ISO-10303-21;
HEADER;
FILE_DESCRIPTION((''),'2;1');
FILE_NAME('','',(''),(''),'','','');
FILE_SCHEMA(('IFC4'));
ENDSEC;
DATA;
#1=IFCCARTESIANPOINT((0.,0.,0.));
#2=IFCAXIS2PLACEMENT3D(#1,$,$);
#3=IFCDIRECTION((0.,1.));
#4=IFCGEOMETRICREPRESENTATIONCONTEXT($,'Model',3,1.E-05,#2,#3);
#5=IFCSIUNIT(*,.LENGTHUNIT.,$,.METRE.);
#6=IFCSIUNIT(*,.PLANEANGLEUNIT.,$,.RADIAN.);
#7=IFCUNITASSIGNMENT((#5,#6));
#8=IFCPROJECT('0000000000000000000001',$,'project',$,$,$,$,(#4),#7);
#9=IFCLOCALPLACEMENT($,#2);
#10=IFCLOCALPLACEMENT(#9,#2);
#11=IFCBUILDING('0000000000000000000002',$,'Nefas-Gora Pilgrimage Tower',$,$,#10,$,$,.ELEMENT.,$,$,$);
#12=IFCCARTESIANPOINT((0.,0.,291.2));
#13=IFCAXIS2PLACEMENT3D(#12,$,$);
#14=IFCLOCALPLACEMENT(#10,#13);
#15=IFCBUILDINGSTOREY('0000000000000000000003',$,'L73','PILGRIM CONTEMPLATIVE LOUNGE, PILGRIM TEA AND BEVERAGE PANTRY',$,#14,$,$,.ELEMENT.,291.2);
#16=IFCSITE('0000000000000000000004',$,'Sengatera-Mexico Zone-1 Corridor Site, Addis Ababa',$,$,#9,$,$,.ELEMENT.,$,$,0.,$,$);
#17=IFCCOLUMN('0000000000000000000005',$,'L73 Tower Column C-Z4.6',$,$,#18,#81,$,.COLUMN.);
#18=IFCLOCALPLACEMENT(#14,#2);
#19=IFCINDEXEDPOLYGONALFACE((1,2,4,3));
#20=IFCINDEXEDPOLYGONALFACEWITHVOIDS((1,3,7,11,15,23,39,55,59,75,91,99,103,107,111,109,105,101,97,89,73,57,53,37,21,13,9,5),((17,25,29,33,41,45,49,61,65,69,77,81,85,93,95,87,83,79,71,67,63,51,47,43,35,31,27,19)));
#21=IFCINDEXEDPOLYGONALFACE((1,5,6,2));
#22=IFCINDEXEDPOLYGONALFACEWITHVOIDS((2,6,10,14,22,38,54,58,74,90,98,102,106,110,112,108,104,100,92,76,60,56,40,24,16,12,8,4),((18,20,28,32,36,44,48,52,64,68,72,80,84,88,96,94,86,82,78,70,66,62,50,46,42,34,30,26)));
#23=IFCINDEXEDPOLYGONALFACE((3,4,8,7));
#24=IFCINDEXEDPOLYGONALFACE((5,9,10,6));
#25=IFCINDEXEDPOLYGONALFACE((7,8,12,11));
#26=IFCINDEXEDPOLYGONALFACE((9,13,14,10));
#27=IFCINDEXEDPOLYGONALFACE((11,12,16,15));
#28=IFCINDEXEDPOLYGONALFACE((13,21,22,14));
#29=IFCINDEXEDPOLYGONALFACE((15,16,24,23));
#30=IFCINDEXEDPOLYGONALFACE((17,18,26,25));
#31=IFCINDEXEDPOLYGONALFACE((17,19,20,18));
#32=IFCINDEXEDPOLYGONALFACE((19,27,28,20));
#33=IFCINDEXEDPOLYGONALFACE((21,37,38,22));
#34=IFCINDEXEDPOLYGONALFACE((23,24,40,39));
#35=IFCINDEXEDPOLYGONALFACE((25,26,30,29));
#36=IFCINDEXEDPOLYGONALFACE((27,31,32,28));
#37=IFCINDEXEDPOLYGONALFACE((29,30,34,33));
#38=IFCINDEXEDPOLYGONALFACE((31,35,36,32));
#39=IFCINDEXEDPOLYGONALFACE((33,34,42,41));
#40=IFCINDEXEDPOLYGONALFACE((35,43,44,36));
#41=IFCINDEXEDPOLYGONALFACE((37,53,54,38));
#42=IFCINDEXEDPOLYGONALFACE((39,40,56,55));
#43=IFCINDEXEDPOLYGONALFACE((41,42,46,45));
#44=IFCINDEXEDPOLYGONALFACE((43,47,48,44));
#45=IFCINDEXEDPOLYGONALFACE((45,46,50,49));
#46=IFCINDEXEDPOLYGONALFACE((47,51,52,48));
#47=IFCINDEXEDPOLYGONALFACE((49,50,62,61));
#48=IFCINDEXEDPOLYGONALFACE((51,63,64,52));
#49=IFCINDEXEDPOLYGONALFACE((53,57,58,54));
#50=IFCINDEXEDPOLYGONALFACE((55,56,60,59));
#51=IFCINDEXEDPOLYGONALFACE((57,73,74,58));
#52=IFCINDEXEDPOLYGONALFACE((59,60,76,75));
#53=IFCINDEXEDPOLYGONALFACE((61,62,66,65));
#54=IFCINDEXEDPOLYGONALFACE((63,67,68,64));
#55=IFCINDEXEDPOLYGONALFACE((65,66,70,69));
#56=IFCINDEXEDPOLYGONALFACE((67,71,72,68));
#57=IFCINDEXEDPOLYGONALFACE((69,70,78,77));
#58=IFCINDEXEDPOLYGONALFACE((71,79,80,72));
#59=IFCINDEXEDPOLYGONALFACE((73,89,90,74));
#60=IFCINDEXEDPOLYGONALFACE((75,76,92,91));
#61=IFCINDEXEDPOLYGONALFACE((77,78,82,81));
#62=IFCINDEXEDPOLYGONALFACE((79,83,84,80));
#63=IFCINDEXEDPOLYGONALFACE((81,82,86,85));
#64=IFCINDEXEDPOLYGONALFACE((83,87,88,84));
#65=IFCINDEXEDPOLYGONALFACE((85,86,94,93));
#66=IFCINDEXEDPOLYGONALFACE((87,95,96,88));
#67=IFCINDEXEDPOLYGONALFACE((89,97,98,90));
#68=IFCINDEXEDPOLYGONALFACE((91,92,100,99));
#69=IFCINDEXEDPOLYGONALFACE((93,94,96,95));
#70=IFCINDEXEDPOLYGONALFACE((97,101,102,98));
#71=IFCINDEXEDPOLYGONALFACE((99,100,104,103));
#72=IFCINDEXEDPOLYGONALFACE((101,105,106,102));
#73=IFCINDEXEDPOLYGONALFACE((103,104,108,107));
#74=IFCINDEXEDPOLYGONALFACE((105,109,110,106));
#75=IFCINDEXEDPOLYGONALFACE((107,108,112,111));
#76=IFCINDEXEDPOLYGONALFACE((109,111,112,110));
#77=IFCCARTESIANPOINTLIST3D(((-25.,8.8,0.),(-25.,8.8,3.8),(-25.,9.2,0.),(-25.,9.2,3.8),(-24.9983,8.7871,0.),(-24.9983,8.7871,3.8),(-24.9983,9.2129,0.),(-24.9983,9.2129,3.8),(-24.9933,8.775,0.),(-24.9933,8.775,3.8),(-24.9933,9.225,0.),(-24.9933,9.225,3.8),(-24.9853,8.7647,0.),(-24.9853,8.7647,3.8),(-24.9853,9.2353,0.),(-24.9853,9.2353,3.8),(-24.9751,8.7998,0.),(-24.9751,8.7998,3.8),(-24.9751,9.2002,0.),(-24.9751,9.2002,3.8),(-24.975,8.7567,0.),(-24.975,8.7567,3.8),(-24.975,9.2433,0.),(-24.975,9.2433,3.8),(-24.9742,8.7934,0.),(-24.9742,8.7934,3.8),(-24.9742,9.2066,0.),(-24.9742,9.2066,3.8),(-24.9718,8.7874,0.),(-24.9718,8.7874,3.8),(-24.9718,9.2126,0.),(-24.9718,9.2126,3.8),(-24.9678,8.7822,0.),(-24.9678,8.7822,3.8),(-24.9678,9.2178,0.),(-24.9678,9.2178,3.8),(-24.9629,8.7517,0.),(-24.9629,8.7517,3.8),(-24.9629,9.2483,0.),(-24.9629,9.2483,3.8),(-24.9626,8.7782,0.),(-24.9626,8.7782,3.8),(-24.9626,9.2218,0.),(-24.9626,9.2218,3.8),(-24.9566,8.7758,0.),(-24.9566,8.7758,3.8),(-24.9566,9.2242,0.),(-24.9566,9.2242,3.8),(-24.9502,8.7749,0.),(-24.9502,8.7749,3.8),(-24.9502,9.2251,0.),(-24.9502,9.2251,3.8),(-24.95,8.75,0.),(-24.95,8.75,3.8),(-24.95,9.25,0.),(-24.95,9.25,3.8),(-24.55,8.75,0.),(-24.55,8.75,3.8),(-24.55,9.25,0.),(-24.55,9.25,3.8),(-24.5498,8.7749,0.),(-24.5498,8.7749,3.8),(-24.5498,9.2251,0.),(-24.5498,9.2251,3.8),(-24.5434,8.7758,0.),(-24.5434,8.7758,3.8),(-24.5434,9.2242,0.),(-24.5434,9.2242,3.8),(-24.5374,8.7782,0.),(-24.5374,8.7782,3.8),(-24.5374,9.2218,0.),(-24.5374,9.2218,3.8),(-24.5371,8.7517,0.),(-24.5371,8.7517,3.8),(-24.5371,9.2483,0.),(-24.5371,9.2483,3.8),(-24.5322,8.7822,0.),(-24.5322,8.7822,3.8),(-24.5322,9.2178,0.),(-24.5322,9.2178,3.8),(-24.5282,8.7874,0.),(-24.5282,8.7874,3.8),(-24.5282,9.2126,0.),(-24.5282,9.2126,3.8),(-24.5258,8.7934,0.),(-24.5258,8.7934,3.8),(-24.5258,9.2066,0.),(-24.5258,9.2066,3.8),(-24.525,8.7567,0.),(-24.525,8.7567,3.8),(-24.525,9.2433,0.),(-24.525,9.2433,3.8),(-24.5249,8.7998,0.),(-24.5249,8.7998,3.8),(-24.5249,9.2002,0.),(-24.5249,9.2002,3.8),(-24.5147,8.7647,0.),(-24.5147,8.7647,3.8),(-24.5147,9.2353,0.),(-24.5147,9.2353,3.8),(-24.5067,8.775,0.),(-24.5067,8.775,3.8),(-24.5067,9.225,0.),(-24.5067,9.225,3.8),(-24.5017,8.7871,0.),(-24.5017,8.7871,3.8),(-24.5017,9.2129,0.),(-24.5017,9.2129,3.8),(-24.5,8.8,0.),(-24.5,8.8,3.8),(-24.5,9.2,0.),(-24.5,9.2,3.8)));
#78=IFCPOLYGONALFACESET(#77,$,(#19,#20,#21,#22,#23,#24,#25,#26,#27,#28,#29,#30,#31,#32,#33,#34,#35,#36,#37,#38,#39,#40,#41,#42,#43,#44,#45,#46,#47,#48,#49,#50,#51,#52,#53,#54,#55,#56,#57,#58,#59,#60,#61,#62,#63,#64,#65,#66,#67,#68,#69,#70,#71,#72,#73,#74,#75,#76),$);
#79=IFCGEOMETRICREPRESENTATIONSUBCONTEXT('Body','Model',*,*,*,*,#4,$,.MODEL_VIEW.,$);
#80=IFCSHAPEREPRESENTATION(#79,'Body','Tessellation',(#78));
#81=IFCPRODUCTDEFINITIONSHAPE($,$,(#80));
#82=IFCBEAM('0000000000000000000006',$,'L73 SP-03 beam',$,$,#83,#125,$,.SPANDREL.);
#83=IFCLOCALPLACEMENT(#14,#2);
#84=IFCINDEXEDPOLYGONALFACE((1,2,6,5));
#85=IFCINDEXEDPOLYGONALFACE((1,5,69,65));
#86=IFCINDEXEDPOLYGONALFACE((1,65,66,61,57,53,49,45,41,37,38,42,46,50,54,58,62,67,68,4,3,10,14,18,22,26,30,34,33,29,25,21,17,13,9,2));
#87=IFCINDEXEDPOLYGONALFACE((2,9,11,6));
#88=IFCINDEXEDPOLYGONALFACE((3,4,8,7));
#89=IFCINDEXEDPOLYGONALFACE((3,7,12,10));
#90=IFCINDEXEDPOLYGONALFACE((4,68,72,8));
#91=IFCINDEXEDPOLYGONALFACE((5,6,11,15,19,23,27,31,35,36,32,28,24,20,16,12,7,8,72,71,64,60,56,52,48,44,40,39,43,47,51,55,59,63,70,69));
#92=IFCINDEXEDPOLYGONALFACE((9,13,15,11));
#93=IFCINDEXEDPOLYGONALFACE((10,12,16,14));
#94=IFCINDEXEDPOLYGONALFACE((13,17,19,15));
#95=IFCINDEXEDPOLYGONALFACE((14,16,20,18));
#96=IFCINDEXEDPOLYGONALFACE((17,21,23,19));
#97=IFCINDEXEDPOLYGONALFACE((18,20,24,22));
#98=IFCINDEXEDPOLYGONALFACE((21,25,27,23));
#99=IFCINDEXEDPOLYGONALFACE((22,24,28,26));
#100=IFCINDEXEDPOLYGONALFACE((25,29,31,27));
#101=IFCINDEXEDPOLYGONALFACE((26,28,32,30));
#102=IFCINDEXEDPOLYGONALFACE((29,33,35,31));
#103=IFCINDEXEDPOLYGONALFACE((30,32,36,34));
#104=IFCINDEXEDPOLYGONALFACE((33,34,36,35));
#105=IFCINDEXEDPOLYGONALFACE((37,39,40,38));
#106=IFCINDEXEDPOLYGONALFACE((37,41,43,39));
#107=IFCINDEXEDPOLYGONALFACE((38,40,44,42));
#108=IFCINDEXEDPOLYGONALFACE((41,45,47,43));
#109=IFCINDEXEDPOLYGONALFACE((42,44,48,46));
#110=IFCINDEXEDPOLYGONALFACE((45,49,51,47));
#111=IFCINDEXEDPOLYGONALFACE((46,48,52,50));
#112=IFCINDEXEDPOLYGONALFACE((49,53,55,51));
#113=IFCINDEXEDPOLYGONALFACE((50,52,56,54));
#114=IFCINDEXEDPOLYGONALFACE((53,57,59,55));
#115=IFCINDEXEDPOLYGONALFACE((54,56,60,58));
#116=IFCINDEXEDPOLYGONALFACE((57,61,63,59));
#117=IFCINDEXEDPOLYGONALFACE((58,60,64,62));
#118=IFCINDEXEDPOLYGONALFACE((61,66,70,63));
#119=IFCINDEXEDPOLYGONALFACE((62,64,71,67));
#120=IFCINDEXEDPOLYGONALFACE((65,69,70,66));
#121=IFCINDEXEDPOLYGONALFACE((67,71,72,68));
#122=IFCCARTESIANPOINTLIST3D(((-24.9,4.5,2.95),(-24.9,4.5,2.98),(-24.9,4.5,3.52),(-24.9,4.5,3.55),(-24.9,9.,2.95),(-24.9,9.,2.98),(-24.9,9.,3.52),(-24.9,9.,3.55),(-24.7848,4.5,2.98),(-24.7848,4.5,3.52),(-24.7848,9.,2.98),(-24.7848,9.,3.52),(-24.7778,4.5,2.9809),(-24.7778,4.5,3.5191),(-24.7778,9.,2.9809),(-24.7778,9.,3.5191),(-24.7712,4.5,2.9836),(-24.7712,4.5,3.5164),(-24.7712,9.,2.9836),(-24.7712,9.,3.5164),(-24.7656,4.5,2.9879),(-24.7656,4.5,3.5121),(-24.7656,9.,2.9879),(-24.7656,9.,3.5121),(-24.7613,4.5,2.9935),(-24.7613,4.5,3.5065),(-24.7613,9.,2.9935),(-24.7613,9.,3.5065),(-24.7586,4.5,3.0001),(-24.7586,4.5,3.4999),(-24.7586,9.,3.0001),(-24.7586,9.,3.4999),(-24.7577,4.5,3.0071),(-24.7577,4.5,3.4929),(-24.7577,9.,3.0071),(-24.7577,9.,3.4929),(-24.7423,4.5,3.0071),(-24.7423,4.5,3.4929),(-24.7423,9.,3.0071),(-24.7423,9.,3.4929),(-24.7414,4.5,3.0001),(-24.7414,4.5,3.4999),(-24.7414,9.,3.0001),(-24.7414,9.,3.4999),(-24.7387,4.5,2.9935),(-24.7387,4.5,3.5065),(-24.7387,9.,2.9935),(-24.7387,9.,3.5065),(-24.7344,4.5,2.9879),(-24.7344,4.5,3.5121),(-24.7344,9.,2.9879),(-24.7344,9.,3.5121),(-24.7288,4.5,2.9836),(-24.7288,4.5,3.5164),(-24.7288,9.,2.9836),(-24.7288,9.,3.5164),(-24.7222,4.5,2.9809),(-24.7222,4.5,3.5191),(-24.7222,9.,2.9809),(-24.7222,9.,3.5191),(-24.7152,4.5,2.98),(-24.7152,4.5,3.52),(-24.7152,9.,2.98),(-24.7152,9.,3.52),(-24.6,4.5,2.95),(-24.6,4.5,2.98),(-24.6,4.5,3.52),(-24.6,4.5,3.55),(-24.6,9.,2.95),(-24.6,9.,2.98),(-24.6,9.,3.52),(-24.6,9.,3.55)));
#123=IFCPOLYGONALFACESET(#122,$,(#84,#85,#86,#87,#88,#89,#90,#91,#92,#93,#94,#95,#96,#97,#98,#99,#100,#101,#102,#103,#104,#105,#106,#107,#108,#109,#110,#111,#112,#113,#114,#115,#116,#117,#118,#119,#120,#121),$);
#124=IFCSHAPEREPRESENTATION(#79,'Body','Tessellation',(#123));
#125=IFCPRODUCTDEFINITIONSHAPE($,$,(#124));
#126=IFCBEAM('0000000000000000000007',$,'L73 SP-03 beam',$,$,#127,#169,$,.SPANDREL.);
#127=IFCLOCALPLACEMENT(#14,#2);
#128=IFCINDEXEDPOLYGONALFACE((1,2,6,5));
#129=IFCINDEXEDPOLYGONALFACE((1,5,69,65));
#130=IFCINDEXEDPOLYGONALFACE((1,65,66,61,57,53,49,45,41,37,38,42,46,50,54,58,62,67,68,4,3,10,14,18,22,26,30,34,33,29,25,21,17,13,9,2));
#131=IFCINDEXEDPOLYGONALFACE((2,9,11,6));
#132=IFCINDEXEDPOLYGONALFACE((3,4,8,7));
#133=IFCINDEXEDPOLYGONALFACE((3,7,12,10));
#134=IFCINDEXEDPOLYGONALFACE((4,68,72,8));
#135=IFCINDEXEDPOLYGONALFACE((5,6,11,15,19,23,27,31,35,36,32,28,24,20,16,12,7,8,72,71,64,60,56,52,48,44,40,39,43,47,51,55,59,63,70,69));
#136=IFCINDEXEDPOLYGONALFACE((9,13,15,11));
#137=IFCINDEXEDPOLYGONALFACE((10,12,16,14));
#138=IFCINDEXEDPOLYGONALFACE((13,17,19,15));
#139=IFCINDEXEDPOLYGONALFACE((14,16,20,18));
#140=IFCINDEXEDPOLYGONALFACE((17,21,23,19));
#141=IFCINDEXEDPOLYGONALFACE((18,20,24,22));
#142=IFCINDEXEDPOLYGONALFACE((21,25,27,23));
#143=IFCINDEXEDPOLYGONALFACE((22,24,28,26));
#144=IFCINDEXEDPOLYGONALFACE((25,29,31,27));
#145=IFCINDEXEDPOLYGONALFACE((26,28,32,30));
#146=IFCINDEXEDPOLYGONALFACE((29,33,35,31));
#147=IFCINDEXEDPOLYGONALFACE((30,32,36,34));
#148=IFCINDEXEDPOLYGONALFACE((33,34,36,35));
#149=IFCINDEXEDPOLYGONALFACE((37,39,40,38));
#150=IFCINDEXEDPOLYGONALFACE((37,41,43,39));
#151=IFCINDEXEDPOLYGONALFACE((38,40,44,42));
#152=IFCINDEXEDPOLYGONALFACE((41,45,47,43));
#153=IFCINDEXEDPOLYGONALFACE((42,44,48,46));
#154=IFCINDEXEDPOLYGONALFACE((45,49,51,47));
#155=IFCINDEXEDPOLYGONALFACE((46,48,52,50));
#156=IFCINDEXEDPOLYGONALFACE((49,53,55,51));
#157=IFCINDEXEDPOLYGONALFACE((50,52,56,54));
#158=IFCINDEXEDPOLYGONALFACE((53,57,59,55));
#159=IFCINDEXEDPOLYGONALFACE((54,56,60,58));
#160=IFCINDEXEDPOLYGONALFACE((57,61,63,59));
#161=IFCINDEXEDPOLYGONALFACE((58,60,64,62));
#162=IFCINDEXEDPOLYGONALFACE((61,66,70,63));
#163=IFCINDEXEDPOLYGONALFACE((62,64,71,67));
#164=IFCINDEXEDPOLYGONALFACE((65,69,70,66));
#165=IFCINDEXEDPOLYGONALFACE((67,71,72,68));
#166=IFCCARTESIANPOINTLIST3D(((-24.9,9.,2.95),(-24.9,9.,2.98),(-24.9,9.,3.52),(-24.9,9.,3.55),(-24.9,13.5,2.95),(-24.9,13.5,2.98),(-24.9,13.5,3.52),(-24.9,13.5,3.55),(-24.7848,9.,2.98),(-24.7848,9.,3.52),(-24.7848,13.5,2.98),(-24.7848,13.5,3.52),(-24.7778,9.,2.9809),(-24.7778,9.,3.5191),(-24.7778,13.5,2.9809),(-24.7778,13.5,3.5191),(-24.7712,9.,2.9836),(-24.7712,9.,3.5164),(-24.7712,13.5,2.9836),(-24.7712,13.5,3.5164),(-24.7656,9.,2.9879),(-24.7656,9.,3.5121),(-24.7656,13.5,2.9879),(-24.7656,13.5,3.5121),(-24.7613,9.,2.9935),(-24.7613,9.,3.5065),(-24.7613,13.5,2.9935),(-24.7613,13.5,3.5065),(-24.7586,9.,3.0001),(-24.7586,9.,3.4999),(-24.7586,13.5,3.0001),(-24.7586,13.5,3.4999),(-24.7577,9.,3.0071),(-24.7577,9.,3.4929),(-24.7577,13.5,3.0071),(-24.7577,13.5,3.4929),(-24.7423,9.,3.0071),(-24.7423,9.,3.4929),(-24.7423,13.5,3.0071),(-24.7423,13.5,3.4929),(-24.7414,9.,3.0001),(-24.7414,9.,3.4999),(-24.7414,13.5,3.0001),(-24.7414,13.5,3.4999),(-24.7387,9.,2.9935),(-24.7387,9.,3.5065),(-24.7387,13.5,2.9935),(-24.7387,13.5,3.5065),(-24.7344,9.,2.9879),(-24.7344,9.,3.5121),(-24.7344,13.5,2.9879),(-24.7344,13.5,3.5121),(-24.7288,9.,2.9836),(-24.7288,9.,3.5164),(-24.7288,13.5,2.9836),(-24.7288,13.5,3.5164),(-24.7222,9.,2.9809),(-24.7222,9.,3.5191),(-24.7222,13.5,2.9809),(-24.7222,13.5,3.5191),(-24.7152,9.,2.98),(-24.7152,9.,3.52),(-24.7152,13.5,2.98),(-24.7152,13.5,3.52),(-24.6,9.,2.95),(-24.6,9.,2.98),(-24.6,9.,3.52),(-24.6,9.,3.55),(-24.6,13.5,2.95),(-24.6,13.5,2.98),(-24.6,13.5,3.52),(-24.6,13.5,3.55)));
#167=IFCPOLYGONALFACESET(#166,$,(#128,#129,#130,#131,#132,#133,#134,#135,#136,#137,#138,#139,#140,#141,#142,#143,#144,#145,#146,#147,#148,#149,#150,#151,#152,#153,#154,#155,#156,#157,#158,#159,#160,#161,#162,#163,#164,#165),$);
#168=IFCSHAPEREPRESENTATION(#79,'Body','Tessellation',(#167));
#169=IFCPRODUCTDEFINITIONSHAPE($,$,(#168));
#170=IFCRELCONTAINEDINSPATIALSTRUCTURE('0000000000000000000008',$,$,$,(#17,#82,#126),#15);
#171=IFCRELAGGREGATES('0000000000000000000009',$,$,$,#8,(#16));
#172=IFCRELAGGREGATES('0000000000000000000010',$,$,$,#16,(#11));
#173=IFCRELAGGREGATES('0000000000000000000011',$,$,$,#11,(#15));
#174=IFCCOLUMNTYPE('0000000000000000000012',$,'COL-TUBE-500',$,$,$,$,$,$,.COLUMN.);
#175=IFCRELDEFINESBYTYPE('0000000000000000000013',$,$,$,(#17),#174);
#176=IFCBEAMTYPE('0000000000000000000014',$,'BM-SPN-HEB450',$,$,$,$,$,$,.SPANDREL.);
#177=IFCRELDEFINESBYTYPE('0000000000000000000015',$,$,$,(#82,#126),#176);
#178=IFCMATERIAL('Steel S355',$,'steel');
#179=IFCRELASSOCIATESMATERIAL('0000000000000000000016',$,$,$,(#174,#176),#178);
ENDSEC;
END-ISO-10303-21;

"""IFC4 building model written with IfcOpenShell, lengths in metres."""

from ifc_helpers import new_model, si_unit, direction, frame, origin, origin_2d, place, context, subcontext, project, spatial, hollow_rectangle, i_section, extrude, source, transform, mapped, material, material_profile, profile_set, type_object, element, save


model = new_model("IFC4")

# Units and contexts
model_context = context("Model", 3, precision=1e-05, world=origin(), true_north=direction((0.0, 1.0)))
body_context = subcontext(model_context, "Body", "Model", "MODEL_VIEW")
ifc_project = project(units=[si_unit("LENGTHUNIT", "METRE"), si_unit("PLANEANGLEUNIT", "RADIAN")], contexts=[model_context])

# Site, building, storey
site_placement = place(None, origin())
site = spatial("IfcSite", under=ifc_project, at=site_placement, Name="Sengatera-Mexico Zone-1 Corridor Site, Addis Ababa", CompositionType="ELEMENT", RefElevation=0.0)
building_placement = place(site_placement, origin())
building = spatial("IfcBuilding", under=site, at=building_placement, Name="Nefas-Gora Pilgrimage Tower", CompositionType="ELEMENT")
storey_placement = place(building_placement, frame((0.0, 0.0, 291.2)))
storey = spatial("IfcBuildingStorey", under=building, at=storey_placement, Name="L73", Description="PILGRIM CONTEMPLATIVE LOUNGE, PILGRIM TEA AND BEVERAGE PANTRY", CompositionType="ELEMENT", Elevation=291.2)

# Column
ifc_material_1 = material(Name="Steel S355", Category="steel")
ifc_material_profile_1 = material_profile(ifc_material_1, hollow_rectangle(XDim=0.5, YDim=0.5, WallThickness=0.0249, InnerFilletRadius=0.0249, OuterFilletRadius=0.05, at=origin_2d()), Name="SHS 500x500x25")
ifc_profile_set_1 = profile_set([ifc_material_profile_1], Name="Steel S355")
column_type_1 = type_object("IfcColumnType", Name="COL-TUBE-500", PredefinedType="COLUMN", material=ifc_profile_set_1)
shared_shape_1 = source(origin(), body_context, "Body", "SweptSolid", [
    extrude(hollow_rectangle(XDim=0.5, YDim=0.5, WallThickness=0.0249, InnerFilletRadius=0.0249, OuterFilletRadius=0.05, at=origin_2d()), origin(), (0.0, 0.0, 1.0), 3.8),
])
for number, where, z_axis, x_axis, name in (
    (1, (-24.75, 9.0, 0.0), (0.0, 0.0, 1.0), (1.0, 0.0, 0.0), "L73 Tower Column C-Z4.6"),
):
    element("IfcColumn", number, at=place(storey_placement, frame(where, z_axis=z_axis, x_axis=x_axis)), inside=storey, type_object=column_type_1, Name=name, PredefinedType="COLUMN", context=body_context, shape_type="MappedRepresentation", body=[
        mapped(shared_shape_1, transform((0.0, 0.0, 0.0), x_axis=(1.0, 0.0, 0.0), y_axis=(0.0, 1.0, 0.0), z_axis=(0.0, 0.0, 1.0), scale=1.0)),
    ])

# Beams
ifc_material_profile_2 = material_profile(ifc_material_1, i_section(OverallWidth=0.3, OverallDepth=0.6001, WebThickness=0.0154, FlangeThickness=0.03, FilletRadius=0.0271, at=origin_2d()), Name="HEB 600")
ifc_profile_set_2 = profile_set([ifc_material_profile_2], Name="Steel S355")
beam_type_1 = type_object("IfcBeamType", Name="BM-SPN-HEB450", PredefinedType="SPANDREL", material=ifc_profile_set_2)
shared_shape_2 = source(origin(), body_context, "Body", "SweptSolid", [
    extrude(i_section(OverallWidth=0.3, OverallDepth=0.6001, WebThickness=0.0154, FlangeThickness=0.03, FilletRadius=0.0271, at=origin_2d()), origin(), (0.0, 0.0, 1.0), 4.5),
])
for number, where, z_axis, x_axis, name in (
    (2, (-24.75, 4.5, 3.25), (0.0, 1.0, 0.0), (-1.0, 0.0, 0.0), "L73 SP-03 beam"),
    (3, (-24.75, 9.0, 3.25), (0.0, 1.0, 0.0), (-1.0, 0.0, 0.0), "L73 SP-03 beam"),
):
    element("IfcBeam", number, at=place(storey_placement, frame(where, z_axis=z_axis, x_axis=x_axis)), inside=storey, type_object=beam_type_1, Name=name, PredefinedType="SPANDREL", context=body_context, shape_type="MappedRepresentation", body=[
        mapped(shared_shape_2, transform((0.0, 0.0, 0.0), x_axis=(1.0, 0.0, 0.0), y_axis=(0.0, 1.0, 0.0), z_axis=(0.0, 0.0, 1.0), scale=1.0)),
    ])

save(model, "model.ifc")
